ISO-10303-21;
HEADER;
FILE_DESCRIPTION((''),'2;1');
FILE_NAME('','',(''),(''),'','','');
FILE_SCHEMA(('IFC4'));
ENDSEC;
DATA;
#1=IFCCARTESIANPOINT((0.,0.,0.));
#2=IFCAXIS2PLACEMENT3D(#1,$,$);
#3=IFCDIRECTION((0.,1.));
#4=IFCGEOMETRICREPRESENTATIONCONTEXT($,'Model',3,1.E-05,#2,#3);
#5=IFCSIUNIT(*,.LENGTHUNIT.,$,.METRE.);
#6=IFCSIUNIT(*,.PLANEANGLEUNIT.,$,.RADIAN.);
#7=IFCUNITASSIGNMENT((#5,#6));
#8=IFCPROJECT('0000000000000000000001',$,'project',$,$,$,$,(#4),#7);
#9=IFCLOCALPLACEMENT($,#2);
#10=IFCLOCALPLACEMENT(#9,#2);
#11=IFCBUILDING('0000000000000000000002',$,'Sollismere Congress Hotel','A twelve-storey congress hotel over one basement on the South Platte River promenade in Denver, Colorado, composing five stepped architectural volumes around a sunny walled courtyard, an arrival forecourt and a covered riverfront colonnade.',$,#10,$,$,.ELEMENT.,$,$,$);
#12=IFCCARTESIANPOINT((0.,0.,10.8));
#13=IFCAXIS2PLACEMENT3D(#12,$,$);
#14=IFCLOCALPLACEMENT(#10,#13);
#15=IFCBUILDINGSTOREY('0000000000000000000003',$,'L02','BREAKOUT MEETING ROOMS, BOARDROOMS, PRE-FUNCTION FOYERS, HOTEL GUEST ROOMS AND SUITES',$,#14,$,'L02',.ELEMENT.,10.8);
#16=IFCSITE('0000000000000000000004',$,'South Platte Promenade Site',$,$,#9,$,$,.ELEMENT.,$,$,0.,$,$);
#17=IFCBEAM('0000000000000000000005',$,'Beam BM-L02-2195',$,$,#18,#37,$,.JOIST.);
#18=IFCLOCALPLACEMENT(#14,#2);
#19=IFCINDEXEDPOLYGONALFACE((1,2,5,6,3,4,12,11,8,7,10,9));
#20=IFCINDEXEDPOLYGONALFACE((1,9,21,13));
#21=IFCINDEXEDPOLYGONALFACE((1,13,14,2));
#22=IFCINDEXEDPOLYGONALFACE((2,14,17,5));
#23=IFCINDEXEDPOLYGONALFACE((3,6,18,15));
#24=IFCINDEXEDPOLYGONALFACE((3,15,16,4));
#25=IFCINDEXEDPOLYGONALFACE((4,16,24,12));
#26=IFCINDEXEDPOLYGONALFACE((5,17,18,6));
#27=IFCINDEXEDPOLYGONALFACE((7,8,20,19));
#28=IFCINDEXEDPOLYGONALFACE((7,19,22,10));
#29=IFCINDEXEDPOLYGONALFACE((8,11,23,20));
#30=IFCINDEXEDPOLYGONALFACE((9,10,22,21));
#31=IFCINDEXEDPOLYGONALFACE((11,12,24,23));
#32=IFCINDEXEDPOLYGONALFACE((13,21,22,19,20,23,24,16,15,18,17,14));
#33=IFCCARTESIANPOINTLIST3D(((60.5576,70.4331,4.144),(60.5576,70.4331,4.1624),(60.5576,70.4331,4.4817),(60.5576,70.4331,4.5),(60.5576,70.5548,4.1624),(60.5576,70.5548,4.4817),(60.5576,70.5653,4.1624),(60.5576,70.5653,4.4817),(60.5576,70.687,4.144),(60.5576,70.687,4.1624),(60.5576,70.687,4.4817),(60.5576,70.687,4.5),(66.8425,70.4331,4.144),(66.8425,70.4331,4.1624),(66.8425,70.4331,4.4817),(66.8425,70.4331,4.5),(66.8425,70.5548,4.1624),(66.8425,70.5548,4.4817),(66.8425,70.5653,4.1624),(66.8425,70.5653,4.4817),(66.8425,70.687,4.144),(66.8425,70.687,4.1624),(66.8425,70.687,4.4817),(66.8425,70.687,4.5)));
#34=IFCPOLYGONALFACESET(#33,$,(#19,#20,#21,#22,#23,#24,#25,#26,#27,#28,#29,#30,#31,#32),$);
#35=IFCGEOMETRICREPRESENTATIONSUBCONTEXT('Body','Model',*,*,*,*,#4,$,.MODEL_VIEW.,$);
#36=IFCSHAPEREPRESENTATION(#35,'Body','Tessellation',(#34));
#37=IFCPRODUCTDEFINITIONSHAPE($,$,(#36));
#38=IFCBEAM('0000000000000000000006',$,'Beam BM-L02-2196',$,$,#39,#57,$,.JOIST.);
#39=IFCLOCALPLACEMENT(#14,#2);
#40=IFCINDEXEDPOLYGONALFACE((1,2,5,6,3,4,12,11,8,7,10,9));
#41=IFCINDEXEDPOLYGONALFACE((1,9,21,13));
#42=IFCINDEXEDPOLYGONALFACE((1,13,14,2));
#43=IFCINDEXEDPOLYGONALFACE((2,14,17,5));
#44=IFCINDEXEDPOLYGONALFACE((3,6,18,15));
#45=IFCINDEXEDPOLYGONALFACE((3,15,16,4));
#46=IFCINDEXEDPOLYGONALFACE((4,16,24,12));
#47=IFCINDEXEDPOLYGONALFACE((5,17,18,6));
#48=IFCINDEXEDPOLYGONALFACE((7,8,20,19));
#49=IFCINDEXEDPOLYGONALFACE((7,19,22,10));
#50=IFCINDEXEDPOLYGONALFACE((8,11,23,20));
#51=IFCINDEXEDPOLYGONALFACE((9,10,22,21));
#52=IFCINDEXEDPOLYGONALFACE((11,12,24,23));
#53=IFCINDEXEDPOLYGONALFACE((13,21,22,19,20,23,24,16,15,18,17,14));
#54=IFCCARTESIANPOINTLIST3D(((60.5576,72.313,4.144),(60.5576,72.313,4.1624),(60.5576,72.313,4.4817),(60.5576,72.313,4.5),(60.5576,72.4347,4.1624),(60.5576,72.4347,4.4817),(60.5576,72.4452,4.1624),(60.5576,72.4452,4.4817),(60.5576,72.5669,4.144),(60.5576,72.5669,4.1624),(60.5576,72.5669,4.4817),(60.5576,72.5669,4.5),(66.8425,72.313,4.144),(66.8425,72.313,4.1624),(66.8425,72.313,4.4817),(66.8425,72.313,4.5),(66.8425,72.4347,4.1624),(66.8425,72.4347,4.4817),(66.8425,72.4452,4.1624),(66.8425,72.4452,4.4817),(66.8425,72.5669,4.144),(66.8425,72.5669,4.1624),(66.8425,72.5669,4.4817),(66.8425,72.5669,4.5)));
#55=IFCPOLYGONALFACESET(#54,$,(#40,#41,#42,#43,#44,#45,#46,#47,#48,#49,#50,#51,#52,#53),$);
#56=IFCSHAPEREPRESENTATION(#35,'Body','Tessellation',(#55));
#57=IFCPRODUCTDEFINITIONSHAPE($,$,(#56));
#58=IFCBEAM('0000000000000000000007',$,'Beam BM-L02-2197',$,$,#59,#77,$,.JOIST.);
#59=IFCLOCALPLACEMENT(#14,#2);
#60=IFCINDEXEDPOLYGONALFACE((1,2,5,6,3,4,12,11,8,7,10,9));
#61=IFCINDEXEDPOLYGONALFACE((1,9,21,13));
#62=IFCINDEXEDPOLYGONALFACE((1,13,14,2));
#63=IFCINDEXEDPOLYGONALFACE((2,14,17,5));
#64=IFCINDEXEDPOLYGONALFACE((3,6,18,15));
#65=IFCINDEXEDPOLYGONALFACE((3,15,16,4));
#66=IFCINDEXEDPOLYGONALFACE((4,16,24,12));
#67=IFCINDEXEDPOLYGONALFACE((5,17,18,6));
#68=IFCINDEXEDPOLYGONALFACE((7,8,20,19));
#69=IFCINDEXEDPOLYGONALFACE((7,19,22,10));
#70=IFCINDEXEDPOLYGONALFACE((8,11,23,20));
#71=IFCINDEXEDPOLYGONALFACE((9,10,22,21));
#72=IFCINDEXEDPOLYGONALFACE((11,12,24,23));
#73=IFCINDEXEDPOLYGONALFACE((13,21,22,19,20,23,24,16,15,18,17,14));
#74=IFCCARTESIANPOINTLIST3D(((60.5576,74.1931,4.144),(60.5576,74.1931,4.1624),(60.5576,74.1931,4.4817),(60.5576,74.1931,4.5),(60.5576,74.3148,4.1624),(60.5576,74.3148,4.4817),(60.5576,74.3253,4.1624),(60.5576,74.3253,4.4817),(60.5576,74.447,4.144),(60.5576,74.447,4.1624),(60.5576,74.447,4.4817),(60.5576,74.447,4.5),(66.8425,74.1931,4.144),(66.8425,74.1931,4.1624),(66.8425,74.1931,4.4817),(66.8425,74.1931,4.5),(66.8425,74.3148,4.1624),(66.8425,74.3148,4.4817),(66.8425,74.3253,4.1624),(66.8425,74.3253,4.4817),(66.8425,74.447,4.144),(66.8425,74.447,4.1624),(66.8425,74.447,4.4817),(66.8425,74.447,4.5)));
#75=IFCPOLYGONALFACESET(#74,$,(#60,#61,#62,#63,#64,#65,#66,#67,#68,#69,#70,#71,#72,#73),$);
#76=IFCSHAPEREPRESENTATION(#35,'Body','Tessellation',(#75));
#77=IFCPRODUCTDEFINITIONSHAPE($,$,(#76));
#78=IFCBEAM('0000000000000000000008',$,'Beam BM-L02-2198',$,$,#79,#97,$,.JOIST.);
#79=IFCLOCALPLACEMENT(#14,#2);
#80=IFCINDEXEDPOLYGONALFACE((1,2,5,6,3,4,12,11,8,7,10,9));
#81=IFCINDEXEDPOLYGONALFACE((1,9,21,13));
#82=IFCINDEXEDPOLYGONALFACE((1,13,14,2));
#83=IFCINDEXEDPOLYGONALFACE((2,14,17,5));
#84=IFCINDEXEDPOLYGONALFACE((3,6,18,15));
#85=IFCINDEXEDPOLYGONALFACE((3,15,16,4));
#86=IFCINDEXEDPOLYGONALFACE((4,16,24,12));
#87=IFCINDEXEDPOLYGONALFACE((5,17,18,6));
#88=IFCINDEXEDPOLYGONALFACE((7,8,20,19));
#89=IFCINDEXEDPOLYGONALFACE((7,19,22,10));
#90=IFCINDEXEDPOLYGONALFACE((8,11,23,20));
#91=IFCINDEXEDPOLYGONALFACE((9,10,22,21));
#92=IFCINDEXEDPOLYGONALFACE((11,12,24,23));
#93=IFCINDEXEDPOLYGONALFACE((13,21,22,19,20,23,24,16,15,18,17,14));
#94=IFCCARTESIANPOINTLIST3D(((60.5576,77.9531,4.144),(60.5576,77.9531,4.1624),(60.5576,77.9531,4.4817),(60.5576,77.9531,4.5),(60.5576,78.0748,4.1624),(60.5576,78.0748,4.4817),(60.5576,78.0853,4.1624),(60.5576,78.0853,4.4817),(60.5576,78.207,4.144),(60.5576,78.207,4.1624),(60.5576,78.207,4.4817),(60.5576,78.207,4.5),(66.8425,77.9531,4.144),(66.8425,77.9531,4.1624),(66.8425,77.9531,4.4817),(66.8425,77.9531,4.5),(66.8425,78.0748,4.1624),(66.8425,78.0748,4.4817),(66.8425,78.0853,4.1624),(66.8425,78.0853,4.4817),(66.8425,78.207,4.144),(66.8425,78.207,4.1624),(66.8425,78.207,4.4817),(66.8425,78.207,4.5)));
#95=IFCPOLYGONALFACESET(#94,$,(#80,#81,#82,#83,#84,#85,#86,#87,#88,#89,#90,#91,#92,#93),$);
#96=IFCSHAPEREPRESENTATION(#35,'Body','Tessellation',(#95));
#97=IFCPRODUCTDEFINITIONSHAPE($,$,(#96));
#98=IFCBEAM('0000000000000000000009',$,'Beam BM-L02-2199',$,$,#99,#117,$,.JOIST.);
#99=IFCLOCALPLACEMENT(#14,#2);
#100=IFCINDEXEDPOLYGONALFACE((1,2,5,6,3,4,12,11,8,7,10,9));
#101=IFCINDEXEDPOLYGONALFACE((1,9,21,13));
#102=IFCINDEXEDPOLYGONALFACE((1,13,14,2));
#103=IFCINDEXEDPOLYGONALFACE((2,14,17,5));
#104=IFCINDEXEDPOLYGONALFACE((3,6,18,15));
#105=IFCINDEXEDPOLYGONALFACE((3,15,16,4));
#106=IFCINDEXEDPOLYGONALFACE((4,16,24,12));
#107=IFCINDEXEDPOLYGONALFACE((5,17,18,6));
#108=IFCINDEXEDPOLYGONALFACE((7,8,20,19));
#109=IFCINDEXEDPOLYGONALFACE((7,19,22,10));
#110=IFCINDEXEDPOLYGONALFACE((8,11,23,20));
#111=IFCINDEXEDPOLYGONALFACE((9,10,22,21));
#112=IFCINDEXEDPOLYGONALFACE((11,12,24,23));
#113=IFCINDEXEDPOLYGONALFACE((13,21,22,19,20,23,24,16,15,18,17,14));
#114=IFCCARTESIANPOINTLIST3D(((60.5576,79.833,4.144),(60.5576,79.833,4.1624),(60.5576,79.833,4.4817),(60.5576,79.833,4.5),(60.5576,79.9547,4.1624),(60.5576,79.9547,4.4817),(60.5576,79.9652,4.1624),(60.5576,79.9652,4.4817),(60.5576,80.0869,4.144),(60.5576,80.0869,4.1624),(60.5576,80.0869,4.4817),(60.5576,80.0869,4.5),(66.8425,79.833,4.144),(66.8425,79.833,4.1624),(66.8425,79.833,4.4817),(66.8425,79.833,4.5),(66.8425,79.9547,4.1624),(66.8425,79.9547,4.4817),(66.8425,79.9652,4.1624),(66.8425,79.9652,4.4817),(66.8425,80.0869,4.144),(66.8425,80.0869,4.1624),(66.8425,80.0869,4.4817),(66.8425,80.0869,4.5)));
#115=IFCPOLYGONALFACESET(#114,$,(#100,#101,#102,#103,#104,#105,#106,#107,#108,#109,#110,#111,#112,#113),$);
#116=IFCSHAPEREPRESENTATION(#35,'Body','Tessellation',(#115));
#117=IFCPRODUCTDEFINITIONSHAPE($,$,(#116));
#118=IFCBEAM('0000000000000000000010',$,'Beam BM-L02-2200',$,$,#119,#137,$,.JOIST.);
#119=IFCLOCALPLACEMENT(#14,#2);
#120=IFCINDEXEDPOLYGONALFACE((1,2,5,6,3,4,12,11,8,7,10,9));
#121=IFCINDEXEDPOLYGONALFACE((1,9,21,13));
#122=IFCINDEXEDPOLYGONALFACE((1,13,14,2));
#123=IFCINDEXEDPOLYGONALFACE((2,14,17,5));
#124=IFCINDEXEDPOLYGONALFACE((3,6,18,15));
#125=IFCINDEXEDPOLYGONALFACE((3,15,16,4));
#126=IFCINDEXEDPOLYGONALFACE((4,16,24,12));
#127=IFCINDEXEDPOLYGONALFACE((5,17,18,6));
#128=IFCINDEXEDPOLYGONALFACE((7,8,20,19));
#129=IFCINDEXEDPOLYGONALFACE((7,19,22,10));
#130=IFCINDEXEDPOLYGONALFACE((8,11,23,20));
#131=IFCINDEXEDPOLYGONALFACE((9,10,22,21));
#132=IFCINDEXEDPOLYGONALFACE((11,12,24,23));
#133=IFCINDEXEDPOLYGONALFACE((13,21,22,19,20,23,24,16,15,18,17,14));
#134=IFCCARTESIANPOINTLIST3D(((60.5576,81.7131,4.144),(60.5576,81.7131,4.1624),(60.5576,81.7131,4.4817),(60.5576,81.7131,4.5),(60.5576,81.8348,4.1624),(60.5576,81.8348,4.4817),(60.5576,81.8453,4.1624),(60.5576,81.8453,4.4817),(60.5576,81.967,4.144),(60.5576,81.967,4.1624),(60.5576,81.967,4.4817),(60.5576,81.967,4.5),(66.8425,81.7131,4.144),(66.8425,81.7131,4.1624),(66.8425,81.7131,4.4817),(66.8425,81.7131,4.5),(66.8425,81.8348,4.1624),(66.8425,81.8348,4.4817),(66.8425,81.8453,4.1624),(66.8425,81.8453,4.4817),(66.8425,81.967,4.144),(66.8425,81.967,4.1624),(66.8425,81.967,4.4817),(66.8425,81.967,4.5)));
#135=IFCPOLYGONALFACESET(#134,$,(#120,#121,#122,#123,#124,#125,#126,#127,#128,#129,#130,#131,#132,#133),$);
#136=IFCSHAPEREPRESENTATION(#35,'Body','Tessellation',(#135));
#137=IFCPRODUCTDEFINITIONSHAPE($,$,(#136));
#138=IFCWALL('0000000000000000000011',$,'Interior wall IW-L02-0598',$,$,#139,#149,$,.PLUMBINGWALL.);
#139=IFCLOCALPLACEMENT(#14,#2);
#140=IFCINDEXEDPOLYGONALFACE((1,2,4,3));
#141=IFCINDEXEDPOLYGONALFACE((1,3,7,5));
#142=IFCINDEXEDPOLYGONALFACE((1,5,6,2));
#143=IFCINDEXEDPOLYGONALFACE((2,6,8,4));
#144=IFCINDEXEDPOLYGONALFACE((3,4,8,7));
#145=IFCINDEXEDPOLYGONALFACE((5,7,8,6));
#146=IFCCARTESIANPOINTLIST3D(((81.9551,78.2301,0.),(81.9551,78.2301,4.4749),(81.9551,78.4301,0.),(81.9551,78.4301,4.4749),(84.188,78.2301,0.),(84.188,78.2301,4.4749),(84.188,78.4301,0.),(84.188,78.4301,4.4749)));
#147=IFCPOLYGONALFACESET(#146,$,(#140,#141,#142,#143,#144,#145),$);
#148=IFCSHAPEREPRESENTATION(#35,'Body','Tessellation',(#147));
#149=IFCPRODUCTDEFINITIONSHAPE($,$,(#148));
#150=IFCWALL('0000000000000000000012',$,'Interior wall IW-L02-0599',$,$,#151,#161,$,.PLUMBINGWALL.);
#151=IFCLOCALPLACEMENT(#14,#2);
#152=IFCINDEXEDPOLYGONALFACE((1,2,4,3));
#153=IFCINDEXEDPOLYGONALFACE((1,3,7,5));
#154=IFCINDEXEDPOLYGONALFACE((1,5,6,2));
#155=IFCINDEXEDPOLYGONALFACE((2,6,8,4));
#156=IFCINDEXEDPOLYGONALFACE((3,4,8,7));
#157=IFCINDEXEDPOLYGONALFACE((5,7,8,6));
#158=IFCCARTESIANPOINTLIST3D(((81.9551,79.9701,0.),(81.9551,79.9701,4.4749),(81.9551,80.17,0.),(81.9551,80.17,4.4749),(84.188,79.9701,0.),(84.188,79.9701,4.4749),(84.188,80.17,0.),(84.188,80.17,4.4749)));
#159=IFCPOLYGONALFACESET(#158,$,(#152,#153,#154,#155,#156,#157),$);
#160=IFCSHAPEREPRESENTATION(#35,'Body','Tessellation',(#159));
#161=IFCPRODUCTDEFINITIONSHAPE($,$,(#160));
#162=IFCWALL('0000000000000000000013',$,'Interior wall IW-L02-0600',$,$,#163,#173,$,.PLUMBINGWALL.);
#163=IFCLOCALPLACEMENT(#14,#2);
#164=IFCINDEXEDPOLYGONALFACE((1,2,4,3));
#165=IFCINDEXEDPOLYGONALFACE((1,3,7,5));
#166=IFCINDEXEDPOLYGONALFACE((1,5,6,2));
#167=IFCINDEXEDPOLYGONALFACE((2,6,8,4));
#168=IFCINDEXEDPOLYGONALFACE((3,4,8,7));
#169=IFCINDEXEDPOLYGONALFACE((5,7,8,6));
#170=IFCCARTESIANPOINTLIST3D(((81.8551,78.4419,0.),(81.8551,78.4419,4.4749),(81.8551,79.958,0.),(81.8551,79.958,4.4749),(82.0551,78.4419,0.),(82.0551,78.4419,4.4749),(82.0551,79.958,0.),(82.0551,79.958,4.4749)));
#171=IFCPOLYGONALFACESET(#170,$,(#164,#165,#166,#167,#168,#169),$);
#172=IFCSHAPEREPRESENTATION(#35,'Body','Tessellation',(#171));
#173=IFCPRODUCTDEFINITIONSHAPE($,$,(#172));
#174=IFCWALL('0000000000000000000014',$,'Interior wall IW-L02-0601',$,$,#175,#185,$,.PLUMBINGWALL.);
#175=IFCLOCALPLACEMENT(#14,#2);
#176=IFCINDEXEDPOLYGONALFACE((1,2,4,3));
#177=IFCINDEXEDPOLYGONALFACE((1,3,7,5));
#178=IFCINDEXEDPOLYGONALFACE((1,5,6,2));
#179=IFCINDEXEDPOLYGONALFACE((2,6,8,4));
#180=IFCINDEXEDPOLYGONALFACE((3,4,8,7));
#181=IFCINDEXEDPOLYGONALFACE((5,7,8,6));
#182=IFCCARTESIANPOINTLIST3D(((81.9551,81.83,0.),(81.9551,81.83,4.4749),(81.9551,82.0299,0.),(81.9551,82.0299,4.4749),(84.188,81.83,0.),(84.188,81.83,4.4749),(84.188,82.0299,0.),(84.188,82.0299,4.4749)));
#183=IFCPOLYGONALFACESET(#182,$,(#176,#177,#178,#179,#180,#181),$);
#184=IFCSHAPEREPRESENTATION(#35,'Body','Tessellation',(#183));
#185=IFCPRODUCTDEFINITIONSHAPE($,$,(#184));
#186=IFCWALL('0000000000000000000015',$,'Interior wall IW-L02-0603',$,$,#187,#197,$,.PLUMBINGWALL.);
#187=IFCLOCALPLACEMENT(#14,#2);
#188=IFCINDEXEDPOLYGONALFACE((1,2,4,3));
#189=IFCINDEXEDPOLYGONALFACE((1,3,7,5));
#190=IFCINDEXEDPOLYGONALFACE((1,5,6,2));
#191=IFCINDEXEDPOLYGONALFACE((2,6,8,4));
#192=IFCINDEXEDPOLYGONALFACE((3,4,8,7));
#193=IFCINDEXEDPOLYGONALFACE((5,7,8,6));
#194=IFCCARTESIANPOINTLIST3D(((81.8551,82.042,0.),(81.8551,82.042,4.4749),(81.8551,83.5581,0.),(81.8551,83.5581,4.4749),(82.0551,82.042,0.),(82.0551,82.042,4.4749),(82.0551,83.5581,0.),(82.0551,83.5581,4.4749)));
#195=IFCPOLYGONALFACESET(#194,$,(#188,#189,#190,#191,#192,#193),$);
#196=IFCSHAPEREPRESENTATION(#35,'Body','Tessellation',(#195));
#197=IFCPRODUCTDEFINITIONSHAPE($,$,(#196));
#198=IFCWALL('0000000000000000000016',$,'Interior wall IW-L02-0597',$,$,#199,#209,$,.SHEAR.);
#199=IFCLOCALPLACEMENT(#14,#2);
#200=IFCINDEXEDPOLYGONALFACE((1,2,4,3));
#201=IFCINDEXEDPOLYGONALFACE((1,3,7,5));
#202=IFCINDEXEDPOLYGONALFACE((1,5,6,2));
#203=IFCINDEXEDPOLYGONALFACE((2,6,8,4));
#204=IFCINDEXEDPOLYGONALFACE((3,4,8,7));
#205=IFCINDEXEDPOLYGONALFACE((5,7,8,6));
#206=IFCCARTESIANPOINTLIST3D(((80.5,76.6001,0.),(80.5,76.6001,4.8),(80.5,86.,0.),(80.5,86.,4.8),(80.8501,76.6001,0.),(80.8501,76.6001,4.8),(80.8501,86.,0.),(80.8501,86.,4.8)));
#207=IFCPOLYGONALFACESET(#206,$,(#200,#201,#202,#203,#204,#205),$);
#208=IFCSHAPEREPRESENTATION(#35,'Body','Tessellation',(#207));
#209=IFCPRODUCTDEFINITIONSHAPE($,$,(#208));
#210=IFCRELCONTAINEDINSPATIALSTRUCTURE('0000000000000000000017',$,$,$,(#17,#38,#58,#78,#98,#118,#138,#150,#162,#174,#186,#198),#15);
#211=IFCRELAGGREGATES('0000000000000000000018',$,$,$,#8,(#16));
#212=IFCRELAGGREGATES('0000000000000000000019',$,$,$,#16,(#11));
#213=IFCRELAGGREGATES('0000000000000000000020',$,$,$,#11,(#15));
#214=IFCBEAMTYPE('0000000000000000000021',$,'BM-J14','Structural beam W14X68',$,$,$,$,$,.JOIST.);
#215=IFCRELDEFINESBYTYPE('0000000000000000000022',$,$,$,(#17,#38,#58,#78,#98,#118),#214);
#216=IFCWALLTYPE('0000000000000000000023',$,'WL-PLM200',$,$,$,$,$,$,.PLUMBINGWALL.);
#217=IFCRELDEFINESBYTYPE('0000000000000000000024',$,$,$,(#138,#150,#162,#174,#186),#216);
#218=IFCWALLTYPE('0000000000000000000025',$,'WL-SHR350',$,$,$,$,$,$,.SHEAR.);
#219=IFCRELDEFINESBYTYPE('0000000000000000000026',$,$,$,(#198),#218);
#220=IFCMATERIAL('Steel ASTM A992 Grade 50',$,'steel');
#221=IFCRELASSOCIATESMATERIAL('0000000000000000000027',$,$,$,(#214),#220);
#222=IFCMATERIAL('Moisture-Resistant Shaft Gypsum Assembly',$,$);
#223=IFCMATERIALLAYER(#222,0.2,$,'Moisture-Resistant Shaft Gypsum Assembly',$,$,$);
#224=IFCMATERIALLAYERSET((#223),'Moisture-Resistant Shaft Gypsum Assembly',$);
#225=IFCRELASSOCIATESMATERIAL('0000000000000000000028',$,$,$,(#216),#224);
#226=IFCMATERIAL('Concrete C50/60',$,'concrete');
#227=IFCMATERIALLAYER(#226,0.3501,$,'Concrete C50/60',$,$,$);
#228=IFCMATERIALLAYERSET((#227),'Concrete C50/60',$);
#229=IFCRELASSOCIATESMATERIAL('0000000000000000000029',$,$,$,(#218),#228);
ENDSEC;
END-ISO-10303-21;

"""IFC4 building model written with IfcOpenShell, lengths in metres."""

from ifc_helpers import new_model, si_unit, direction, frame, frame_2d, origin, origin_2d, place, context, subcontext, project, spatial, rectangle, i_section, extrude, material, layer, layer_set, material_profile, profile_set, type_object, element, save


model = new_model("IFC4")

# Units and contexts
model_context = context("Model", 3, precision=1e-05, world=origin(), true_north=direction((0.0, 1.0)))
body_context = subcontext(model_context, "Body", "Model", "MODEL_VIEW")
ifc_project = project(units=[si_unit("LENGTHUNIT", "METRE"), si_unit("PLANEANGLEUNIT", "RADIAN")], contexts=[model_context])

# Site, building, storey
site_placement = place(None, origin())
site = spatial("IfcSite", under=ifc_project, at=site_placement, Name="South Platte Promenade Site", CompositionType="ELEMENT", RefElevation=0.0)
building_placement = place(site_placement, origin())
building = spatial("IfcBuilding", under=site, at=building_placement, Name="Sollismere Congress Hotel", Description="A twelve-storey congress hotel over one basement on the South Platte River promenade in Denver, Colorado, composing five stepped architectural volumes around a sunny walled courtyard, an arrival forecourt and a covered riverfront colonnade.", CompositionType="ELEMENT")
storey_placement = place(building_placement, frame((0.0, 0.0, 10.8)))
storey = spatial("IfcBuildingStorey", under=building, at=storey_placement, Name="L02", Description="BREAKOUT MEETING ROOMS, BOARDROOMS, PRE-FUNCTION FOYERS, HOTEL GUEST ROOMS AND SUITES", LongName="L02", CompositionType="ELEMENT", Elevation=10.8)

# Shared definitions
ifc_material_1 = material(Name="Steel ASTM A992 Grade 50", Category="steel")

# Beams
ifc_material_profile_1 = material_profile(ifc_material_1, i_section(OverallWidth=0.2539, OverallDepth=0.356, WebThickness=0.0105, FlangeThickness=0.0183, at=origin_2d()), Name="W14X68")
ifc_profile_set_1 = profile_set([ifc_material_profile_1], Name="Steel ASTM A992 Grade 50")
beam_type_1 = type_object("IfcBeamType", Name="BM-J14", Description="Structural beam W14X68", PredefinedType="JOIST", material=ifc_profile_set_1)
for number, where, z_axis, x_axis, name in (
    (1, (60.5576, 70.5601, 4.322), (1.0, 0.0, 0.0), (0.0, 1.0, 0.0), "Beam BM-L02-2195"),
    (2, (60.5576, 72.4399, 4.322), (1.0, 0.0, 0.0), (0.0, 1.0, 0.0), "Beam BM-L02-2196"),
    (3, (60.5576, 74.3201, 4.322), (1.0, 0.0, 0.0), (0.0, 1.0, 0.0), "Beam BM-L02-2197"),
    (4, (60.5576, 78.0801, 4.322), (1.0, 0.0, 0.0), (0.0, 1.0, 0.0), "Beam BM-L02-2198"),
    (5, (60.5576, 79.96, 4.322), (1.0, 0.0, 0.0), (0.0, 1.0, 0.0), "Beam BM-L02-2199"),
    (6, (60.5576, 81.8401, 4.322), (1.0, 0.0, 0.0), (0.0, 1.0, 0.0), "Beam BM-L02-2200"),
):
    element("IfcBeam", number, at=place(storey_placement, frame(where, z_axis=z_axis, x_axis=x_axis)), inside=storey, type_object=beam_type_1, Name=name, PredefinedType="JOIST", context=body_context, shape_type="SweptSolid", body=[
        extrude(i_section(OverallWidth=0.2539, OverallDepth=0.356, WebThickness=0.0105, FlangeThickness=0.0183, at=origin_2d()), origin(), (0.0, 0.0, 1.0), 6.2849),
    ])

# Walls
ifc_material_2 = material(Name="Moisture-Resistant Shaft Gypsum Assembly")
ifc_layer_1 = layer(ifc_material_2, 0.2, Name="Moisture-Resistant Shaft Gypsum Assembly")
ifc_layer_set_1 = layer_set([ifc_layer_1], Name="Moisture-Resistant Shaft Gypsum Assembly")
wall_type_1 = type_object("IfcWallType", Name="WL-PLM200", PredefinedType="PLUMBINGWALL", material=ifc_layer_set_1)
for number, where, z_axis, x_axis, name in (
    (7, (81.9551, 78.3301, 0.0), (0.0, 0.0, 1.0), (1.0, 0.0, 0.0), "Interior wall IW-L02-0598"),
    (8, (81.9551, 80.0701, 0.0), (0.0, 0.0, 1.0), (1.0, 0.0, 0.0), "Interior wall IW-L02-0599"),
):
    element("IfcWall", number, at=place(storey_placement, frame(where, z_axis=z_axis, x_axis=x_axis)), inside=storey, type_object=wall_type_1, Name=name, PredefinedType="PLUMBINGWALL", context=body_context, shape_type="SweptSolid", body=[
        extrude(rectangle(XDim=2.2329, YDim=0.2, at=frame_2d((1.1165, 0.0))), origin(), (0.0, 0.0, 1.0), 4.4749),
    ])
wall_1_placement = place(storey_placement, frame((81.9551, 78.4419, 0.0), z_axis=(0.0, 0.0, 1.0), x_axis=(0.0, 1.0, 0.0)))
element("IfcWall", 9, at=wall_1_placement, inside=storey, type_object=wall_type_1, Name="Interior wall IW-L02-0600", PredefinedType="PLUMBINGWALL", context=body_context, shape_type="SweptSolid", body=[
    extrude(rectangle(XDim=1.5161, YDim=0.2, at=frame_2d((0.7581, 0.0))), origin(), (0.0, 0.0, 1.0), 4.4749),
])
wall_2_placement = place(storey_placement, frame((81.9551, 81.9299, 0.0), z_axis=(0.0, 0.0, 1.0), x_axis=(1.0, 0.0, 0.0)))
element("IfcWall", 10, at=wall_2_placement, inside=storey, type_object=wall_type_1, Name="Interior wall IW-L02-0601", PredefinedType="PLUMBINGWALL", context=body_context, shape_type="SweptSolid", body=[
    extrude(rectangle(XDim=2.2329, YDim=0.2, at=frame_2d((1.1165, 0.0))), origin(), (0.0, 0.0, 1.0), 4.4749),
])
wall_3_placement = place(storey_placement, frame((81.9551, 82.042, 0.0), z_axis=(0.0, 0.0, 1.0), x_axis=(0.0, 1.0, 0.0)))
element("IfcWall", 11, at=wall_3_placement, inside=storey, type_object=wall_type_1, Name="Interior wall IW-L02-0603", PredefinedType="PLUMBINGWALL", context=body_context, shape_type="SweptSolid", body=[
    extrude(rectangle(XDim=1.5161, YDim=0.2, at=frame_2d((0.7581, 0.0))), origin(), (0.0, 0.0, 1.0), 4.4749),
])
ifc_material_3 = material(Name="Concrete C50/60", Category="concrete")
ifc_layer_2 = layer(ifc_material_3, 0.3501, Name="Concrete C50/60")
ifc_layer_set_2 = layer_set([ifc_layer_2], Name="Concrete C50/60")
wall_type_2 = type_object("IfcWallType", Name="WL-SHR350", PredefinedType="SHEAR", material=ifc_layer_set_2)
wall_4_placement = place(storey_placement, frame((80.675, 76.6001, 0.0), z_axis=(0.0, 0.0, 1.0), x_axis=(0.0, 1.0, 0.0)))
element("IfcWall", 12, at=wall_4_placement, inside=storey, type_object=wall_type_2, Name="Interior wall IW-L02-0597", PredefinedType="SHEAR", context=body_context, shape_type="SweptSolid", body=[
    extrude(rectangle(XDim=9.3999, YDim=0.3501, at=frame_2d((4.7, 0.0))), origin(), (0.0, 0.0, 1.0), 4.8),
])

save(model, "model.ifc")
